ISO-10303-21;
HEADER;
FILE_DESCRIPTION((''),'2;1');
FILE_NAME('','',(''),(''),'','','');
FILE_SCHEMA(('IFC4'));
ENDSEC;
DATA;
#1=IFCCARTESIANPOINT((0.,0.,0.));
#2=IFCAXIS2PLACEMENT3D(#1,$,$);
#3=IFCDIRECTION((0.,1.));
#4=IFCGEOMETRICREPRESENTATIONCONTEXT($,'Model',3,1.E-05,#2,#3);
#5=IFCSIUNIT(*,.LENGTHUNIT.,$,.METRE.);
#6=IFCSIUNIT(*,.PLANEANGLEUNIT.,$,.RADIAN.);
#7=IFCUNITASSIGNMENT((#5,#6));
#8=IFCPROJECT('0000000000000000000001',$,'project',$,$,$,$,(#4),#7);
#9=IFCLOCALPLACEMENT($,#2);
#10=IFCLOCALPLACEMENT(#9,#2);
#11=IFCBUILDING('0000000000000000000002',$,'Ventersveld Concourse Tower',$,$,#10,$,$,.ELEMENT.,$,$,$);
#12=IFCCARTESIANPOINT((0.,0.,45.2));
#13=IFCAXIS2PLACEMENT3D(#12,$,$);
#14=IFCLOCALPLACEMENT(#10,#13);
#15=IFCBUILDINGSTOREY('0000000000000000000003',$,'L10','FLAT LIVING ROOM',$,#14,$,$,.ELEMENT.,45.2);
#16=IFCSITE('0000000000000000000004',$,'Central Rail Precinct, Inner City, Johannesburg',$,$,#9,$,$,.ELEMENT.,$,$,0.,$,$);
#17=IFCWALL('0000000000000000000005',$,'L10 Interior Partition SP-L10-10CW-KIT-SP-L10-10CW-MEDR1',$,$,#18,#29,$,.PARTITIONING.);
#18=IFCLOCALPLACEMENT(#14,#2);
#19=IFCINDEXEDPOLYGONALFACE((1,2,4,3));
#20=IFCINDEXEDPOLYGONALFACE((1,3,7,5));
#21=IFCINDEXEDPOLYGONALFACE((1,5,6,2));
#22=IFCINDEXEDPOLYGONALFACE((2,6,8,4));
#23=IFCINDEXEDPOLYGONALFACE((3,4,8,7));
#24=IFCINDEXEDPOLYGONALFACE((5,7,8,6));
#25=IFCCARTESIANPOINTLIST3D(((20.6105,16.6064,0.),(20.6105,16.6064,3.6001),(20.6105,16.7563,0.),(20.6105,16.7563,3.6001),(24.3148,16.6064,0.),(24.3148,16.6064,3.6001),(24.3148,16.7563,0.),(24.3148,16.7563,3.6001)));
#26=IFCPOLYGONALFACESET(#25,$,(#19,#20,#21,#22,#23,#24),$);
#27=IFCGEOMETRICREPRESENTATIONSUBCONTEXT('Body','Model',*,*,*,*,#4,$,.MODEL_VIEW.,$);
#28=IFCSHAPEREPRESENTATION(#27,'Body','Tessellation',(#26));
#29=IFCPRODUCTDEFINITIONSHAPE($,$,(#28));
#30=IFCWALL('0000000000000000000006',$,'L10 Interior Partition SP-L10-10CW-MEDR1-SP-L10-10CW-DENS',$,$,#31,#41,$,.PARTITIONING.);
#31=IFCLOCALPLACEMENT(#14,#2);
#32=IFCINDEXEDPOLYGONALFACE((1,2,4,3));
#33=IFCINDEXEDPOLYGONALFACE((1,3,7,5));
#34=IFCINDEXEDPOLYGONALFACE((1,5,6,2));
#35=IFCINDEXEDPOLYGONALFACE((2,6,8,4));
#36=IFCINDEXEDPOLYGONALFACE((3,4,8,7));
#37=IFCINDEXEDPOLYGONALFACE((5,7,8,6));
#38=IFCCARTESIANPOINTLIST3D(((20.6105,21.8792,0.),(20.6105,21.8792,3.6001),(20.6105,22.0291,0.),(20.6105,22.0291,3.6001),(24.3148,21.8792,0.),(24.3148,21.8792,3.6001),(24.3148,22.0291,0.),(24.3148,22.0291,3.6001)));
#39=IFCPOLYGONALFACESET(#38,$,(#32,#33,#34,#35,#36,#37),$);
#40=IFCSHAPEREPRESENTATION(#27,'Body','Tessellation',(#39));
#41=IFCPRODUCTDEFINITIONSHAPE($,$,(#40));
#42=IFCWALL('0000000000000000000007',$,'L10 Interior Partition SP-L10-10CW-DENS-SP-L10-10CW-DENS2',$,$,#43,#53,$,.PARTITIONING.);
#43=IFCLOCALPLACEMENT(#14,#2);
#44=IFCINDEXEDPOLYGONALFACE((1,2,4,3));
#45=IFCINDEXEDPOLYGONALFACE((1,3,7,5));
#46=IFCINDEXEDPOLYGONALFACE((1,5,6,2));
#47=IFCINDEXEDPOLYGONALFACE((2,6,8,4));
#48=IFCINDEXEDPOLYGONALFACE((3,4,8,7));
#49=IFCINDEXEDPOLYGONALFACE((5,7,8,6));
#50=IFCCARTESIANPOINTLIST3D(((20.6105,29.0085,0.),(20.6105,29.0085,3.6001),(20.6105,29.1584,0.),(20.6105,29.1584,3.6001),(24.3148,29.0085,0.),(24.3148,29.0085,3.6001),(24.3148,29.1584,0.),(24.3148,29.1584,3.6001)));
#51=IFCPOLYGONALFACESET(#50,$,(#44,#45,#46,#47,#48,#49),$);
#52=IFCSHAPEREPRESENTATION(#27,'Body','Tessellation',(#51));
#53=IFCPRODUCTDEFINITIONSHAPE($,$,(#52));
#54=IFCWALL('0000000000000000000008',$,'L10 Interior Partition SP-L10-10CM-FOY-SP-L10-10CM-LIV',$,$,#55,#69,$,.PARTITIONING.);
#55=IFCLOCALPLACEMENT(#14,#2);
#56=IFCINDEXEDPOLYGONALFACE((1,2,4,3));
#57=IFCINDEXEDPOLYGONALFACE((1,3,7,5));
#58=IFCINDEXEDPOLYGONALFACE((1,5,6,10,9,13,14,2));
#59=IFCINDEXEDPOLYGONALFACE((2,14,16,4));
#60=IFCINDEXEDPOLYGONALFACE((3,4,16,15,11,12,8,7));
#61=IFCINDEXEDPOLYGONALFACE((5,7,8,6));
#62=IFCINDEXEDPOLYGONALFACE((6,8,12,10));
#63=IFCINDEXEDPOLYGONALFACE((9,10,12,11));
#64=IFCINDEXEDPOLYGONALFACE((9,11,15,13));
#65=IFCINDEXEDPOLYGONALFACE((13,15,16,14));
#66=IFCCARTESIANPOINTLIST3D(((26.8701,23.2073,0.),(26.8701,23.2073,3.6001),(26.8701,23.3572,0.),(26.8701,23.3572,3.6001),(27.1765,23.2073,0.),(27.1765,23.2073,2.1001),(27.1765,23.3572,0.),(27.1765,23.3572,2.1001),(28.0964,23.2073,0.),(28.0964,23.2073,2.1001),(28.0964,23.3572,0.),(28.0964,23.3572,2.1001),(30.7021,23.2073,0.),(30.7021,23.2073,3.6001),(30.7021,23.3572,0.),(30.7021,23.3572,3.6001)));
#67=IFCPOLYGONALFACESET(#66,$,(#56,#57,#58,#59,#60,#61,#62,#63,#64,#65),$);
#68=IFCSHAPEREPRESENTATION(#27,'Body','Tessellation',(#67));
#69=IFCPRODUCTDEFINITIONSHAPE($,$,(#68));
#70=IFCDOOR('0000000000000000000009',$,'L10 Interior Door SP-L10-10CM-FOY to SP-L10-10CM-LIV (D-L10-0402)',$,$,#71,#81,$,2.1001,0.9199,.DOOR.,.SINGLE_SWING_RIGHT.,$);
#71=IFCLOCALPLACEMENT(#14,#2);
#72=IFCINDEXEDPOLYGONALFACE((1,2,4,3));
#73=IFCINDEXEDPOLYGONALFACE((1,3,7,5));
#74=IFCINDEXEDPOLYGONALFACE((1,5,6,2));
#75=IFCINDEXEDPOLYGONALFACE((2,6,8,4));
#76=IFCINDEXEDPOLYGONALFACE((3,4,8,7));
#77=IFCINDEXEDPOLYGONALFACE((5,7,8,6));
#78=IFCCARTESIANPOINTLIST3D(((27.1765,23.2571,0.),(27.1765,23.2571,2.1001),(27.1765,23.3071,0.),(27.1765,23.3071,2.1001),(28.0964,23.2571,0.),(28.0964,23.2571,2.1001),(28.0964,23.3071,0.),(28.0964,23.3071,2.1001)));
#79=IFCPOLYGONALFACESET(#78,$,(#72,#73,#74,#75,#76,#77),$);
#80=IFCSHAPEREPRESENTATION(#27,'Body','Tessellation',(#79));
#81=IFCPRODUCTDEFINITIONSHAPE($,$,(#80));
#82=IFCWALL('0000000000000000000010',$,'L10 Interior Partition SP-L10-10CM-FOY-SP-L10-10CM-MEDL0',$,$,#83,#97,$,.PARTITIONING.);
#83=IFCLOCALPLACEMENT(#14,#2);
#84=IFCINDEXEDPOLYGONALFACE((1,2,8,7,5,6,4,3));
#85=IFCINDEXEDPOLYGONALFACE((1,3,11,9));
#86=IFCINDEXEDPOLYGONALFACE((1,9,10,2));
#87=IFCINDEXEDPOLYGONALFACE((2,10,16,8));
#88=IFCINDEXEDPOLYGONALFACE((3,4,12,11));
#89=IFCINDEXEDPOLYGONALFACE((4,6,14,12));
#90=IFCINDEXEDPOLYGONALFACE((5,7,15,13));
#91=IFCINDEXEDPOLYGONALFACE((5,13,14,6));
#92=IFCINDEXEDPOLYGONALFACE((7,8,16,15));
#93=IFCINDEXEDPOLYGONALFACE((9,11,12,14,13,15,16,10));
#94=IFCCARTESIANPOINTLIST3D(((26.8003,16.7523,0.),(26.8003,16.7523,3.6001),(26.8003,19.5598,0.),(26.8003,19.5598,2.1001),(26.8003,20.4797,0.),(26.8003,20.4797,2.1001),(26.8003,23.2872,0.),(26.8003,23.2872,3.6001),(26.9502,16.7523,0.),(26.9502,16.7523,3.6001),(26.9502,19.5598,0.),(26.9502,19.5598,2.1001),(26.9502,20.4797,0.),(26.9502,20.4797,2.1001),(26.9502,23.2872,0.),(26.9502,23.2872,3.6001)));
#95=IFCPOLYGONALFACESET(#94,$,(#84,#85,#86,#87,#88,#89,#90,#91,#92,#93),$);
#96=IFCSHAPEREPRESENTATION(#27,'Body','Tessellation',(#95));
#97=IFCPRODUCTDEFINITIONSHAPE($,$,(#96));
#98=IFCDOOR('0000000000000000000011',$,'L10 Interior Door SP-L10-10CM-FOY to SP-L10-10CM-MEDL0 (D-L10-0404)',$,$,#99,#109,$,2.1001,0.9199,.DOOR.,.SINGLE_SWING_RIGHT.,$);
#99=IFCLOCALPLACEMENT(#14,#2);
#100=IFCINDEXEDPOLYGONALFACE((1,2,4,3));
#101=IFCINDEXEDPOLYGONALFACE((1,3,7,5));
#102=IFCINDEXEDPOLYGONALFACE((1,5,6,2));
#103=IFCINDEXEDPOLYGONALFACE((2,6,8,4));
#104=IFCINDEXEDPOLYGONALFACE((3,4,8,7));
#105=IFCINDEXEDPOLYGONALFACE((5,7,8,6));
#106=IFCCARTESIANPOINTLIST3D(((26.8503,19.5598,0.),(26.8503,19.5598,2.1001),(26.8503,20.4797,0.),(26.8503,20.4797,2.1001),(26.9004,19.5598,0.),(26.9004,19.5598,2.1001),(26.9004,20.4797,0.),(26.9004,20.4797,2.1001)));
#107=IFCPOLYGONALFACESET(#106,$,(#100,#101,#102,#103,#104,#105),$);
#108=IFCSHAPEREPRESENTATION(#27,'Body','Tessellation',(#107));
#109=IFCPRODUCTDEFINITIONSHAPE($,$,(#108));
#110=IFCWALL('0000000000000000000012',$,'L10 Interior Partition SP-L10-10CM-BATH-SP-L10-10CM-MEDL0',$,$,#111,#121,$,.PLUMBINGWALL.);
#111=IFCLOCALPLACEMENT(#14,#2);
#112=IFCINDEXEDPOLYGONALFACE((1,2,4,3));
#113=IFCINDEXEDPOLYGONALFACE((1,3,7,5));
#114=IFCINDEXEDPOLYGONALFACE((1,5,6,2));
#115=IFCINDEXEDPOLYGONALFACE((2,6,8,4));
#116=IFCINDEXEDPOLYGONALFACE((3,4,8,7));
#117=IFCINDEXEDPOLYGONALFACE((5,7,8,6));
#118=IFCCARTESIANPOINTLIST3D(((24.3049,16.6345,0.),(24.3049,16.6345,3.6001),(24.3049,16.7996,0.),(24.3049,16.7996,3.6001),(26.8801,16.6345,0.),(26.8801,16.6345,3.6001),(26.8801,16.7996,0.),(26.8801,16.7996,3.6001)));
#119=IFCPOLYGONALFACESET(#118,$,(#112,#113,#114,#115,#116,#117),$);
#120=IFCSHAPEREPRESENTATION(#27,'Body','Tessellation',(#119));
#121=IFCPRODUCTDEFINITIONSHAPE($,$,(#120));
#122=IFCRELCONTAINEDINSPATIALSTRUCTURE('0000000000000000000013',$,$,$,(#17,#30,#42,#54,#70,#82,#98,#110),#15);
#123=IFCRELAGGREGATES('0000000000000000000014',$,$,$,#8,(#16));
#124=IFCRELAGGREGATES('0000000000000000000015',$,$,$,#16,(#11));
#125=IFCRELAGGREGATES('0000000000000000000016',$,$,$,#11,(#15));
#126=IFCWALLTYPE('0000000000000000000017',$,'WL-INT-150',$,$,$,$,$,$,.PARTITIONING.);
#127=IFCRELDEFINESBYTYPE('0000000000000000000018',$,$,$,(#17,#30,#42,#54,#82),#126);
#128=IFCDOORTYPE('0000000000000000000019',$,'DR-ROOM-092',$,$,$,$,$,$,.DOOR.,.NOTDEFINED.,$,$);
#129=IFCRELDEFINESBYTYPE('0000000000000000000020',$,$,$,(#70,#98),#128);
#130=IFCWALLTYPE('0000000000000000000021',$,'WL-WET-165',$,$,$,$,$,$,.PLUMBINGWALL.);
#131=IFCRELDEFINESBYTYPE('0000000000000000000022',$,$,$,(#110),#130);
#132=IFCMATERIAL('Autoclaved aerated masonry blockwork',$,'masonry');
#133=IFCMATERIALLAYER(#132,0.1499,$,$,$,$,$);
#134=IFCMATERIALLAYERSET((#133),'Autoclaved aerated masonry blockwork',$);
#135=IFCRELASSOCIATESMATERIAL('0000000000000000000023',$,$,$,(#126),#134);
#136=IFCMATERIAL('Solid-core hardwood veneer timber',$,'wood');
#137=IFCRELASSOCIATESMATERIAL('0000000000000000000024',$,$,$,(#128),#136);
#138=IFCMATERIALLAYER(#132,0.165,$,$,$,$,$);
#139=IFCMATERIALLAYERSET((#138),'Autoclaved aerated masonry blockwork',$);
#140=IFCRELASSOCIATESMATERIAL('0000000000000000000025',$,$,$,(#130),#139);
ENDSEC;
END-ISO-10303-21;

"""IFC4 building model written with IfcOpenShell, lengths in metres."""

from ifc_helpers import new_model, si_unit, direction, frame, frame_2d, origin, place, context, subcontext, project, spatial, rectangle, extrude, material, layer, layer_set, type_object, element, fill, save


model = new_model("IFC4")

# Units and contexts
model_context = context("Model", 3, precision=1e-05, world=origin(), true_north=direction((0.0, 1.0)))
body_context = subcontext(model_context, "Body", "Model", "MODEL_VIEW")
ifc_project = project(units=[si_unit("LENGTHUNIT", "METRE"), si_unit("PLANEANGLEUNIT", "RADIAN")], contexts=[model_context])

# Site, building, storey
site_placement = place(None, origin())
site = spatial("IfcSite", under=ifc_project, at=site_placement, Name="Central Rail Precinct, Inner City, Johannesburg", CompositionType="ELEMENT", RefElevation=0.0)
building_placement = place(site_placement, origin())
building = spatial("IfcBuilding", under=site, at=building_placement, Name="Ventersveld Concourse Tower", CompositionType="ELEMENT")
storey_placement = place(building_placement, frame((0.0, 0.0, 45.2)))
storey = spatial("IfcBuildingStorey", under=building, at=storey_placement, Name="L10", Description="FLAT LIVING ROOM", CompositionType="ELEMENT", Elevation=45.2)

# Shared definitions
ifc_material_1 = material(Name="Solid-core hardwood veneer timber", Category="wood")

# Shared definitions
ifc_material_2 = material(Name="Autoclaved aerated masonry blockwork", Category="masonry")
ifc_layer_1 = layer(ifc_material_2, 0.1499)
ifc_layer_set_1 = layer_set([ifc_layer_1], Name="Autoclaved aerated masonry blockwork")
wall_type_1 = type_object("IfcWallType", Name="WL-INT-150", PredefinedType="PARTITIONING", material=ifc_layer_set_1)
door_type_1 = type_object("IfcDoorType", Name="DR-ROOM-092", OperationType="NOTDEFINED", PredefinedType="DOOR", material=ifc_material_1)

# Walls
for number, where, z_axis, x_axis, name in (
    (1, (20.6106, 16.6814, 0.0), (0.0, 0.0, 1.0), (1.0, 0.0, 0.0), "L10 Interior Partition SP-L10-10CW-KIT-SP-L10-10CW-MEDR1"),
    (2, (20.6106, 21.9541, 0.0), (0.0, 0.0, 1.0), (1.0, 0.0, 0.0), "L10 Interior Partition SP-L10-10CW-MEDR1-SP-L10-10CW-DENS"),
    (3, (20.6106, 29.0835, 0.0), (0.0, 0.0, 1.0), (1.0, 0.0, 0.0), "L10 Interior Partition SP-L10-10CW-DENS-SP-L10-10CW-DENS2"),
):
    element("IfcWall", number, at=place(storey_placement, frame(where, z_axis=z_axis, x_axis=x_axis)), inside=storey, type_object=wall_type_1, Name=name, PredefinedType="PARTITIONING", context=body_context, shape_type="SweptSolid", body=[
        extrude(rectangle(XDim=3.7043, YDim=0.1499, at=frame_2d((1.8521, 0.0))), origin(), (0.0, 0.0, 1.0), 3.6001),
    ])

# Walls, openings, doors
wall_1_placement = place(storey_placement, frame((26.8701, 23.2822, 0.0), z_axis=(0.0, 0.0, 1.0), x_axis=(1.0, 0.0, 0.0)))
wall_1 = element("IfcWall", 4, at=wall_1_placement, inside=storey, type_object=wall_type_1, Name="L10 Interior Partition SP-L10-10CM-FOY-SP-L10-10CM-LIV", PredefinedType="PARTITIONING", context=body_context, shape_type="SweptSolid", body=[
    extrude(rectangle(XDim=3.832, YDim=0.1499, at=frame_2d((1.916, 0.0))), origin(), (0.0, 0.0, 1.0), 3.6001),
])
opening_1_placement = place(wall_1_placement, frame((0.3064, 0.0, 0.0)))
opening_1 = element("IfcOpeningElement", 5, at=opening_1_placement, cuts=wall_1, PredefinedType="OPENING", context=body_context, shape_type="SweptSolid", body=[
    extrude(rectangle(XDim=0.9199, YDim=2.1001, at=frame_2d((0.46, 1.05))), frame((0.0, 0.085, 0.0), z_axis=(0.0, -1.0, 0.0), x_axis=(1.0, 0.0, 0.0)), (0.0, 0.0, 1.0), 0.1699),
])
door_1_placement = place(opening_1_placement, origin())
door_1 = element("IfcDoor", 6, at=door_1_placement, inside=storey, type_object=door_type_1, Name="L10 Interior Door SP-L10-10CM-FOY to SP-L10-10CM-LIV (D-L10-0402)", OperationType="SINGLE_SWING_RIGHT", OverallHeight=2.1001, OverallWidth=0.9199, PredefinedType="DOOR", context=body_context, shape_type="SweptSolid", body=[
    extrude(rectangle(XDim=0.9199, YDim=2.1001, at=frame_2d((0.46, 1.05))), frame((0.0, 0.0249, 0.0), z_axis=(0.0, -1.0, 0.0), x_axis=(1.0, 0.0, 0.0)), (0.0, 0.0, 1.0), 0.05),
])
fill(opening_1, door_1)
wall_2_placement = place(storey_placement, frame((26.8752, 16.7522, 0.0), z_axis=(0.0, 0.0, 1.0), x_axis=(0.0, 1.0, 0.0)))
wall_2 = element("IfcWall", 7, at=wall_2_placement, inside=storey, type_object=wall_type_1, Name="L10 Interior Partition SP-L10-10CM-FOY-SP-L10-10CM-MEDL0", PredefinedType="PARTITIONING", context=body_context, shape_type="SweptSolid", body=[
    extrude(rectangle(XDim=6.5349, YDim=0.1499, at=frame_2d((3.2676, 0.0))), origin(), (0.0, 0.0, 1.0), 3.6001),
])
opening_2_placement = place(wall_2_placement, frame((2.8076, 0.0, 0.0)))
opening_2 = element("IfcOpeningElement", 8, at=opening_2_placement, cuts=wall_2, PredefinedType="OPENING", context=body_context, shape_type="SweptSolid", body=[
    extrude(rectangle(XDim=0.9199, YDim=2.1001, at=frame_2d((0.46, 1.05))), frame((0.0, 0.085, 0.0), z_axis=(0.0, -1.0, 0.0), x_axis=(1.0, 0.0, 0.0)), (0.0, 0.0, 1.0), 0.1699),
])
door_2_placement = place(opening_2_placement, origin())
door_2 = element("IfcDoor", 9, at=door_2_placement, inside=storey, type_object=door_type_1, Name="L10 Interior Door SP-L10-10CM-FOY to SP-L10-10CM-MEDL0 (D-L10-0404)", OperationType="SINGLE_SWING_RIGHT", OverallHeight=2.1001, OverallWidth=0.9199, PredefinedType="DOOR", context=body_context, shape_type="SweptSolid", body=[
    extrude(rectangle(XDim=0.9199, YDim=2.1001, at=frame_2d((0.46, 1.05))), frame((0.0, 0.0249, 0.0), z_axis=(0.0, -1.0, 0.0), x_axis=(1.0, 0.0, 0.0)), (0.0, 0.0, 1.0), 0.05),
])
fill(opening_2, door_2)

# Wall
ifc_layer_2 = layer(ifc_material_2, 0.165)
ifc_layer_set_2 = layer_set([ifc_layer_2], Name="Autoclaved aerated masonry blockwork")
wall_type_2 = type_object("IfcWallType", Name="WL-WET-165", PredefinedType="PLUMBINGWALL", material=ifc_layer_set_2)
wall_3_placement = place(storey_placement, frame((24.3049, 16.717, 0.0), z_axis=(0.0, 0.0, 1.0), x_axis=(1.0, 0.0, 0.0)))
element("IfcWall", 10, at=wall_3_placement, inside=storey, type_object=wall_type_2, Name="L10 Interior Partition SP-L10-10CM-BATH-SP-L10-10CM-MEDL0", PredefinedType="PLUMBINGWALL", context=body_context, shape_type="SweptSolid", body=[
    extrude(rectangle(XDim=2.5752, YDim=0.165, at=frame_2d((1.2876, 0.0))), origin(), (0.0, 0.0, 1.0), 3.6001),
])

save(model, "model.ifc")
